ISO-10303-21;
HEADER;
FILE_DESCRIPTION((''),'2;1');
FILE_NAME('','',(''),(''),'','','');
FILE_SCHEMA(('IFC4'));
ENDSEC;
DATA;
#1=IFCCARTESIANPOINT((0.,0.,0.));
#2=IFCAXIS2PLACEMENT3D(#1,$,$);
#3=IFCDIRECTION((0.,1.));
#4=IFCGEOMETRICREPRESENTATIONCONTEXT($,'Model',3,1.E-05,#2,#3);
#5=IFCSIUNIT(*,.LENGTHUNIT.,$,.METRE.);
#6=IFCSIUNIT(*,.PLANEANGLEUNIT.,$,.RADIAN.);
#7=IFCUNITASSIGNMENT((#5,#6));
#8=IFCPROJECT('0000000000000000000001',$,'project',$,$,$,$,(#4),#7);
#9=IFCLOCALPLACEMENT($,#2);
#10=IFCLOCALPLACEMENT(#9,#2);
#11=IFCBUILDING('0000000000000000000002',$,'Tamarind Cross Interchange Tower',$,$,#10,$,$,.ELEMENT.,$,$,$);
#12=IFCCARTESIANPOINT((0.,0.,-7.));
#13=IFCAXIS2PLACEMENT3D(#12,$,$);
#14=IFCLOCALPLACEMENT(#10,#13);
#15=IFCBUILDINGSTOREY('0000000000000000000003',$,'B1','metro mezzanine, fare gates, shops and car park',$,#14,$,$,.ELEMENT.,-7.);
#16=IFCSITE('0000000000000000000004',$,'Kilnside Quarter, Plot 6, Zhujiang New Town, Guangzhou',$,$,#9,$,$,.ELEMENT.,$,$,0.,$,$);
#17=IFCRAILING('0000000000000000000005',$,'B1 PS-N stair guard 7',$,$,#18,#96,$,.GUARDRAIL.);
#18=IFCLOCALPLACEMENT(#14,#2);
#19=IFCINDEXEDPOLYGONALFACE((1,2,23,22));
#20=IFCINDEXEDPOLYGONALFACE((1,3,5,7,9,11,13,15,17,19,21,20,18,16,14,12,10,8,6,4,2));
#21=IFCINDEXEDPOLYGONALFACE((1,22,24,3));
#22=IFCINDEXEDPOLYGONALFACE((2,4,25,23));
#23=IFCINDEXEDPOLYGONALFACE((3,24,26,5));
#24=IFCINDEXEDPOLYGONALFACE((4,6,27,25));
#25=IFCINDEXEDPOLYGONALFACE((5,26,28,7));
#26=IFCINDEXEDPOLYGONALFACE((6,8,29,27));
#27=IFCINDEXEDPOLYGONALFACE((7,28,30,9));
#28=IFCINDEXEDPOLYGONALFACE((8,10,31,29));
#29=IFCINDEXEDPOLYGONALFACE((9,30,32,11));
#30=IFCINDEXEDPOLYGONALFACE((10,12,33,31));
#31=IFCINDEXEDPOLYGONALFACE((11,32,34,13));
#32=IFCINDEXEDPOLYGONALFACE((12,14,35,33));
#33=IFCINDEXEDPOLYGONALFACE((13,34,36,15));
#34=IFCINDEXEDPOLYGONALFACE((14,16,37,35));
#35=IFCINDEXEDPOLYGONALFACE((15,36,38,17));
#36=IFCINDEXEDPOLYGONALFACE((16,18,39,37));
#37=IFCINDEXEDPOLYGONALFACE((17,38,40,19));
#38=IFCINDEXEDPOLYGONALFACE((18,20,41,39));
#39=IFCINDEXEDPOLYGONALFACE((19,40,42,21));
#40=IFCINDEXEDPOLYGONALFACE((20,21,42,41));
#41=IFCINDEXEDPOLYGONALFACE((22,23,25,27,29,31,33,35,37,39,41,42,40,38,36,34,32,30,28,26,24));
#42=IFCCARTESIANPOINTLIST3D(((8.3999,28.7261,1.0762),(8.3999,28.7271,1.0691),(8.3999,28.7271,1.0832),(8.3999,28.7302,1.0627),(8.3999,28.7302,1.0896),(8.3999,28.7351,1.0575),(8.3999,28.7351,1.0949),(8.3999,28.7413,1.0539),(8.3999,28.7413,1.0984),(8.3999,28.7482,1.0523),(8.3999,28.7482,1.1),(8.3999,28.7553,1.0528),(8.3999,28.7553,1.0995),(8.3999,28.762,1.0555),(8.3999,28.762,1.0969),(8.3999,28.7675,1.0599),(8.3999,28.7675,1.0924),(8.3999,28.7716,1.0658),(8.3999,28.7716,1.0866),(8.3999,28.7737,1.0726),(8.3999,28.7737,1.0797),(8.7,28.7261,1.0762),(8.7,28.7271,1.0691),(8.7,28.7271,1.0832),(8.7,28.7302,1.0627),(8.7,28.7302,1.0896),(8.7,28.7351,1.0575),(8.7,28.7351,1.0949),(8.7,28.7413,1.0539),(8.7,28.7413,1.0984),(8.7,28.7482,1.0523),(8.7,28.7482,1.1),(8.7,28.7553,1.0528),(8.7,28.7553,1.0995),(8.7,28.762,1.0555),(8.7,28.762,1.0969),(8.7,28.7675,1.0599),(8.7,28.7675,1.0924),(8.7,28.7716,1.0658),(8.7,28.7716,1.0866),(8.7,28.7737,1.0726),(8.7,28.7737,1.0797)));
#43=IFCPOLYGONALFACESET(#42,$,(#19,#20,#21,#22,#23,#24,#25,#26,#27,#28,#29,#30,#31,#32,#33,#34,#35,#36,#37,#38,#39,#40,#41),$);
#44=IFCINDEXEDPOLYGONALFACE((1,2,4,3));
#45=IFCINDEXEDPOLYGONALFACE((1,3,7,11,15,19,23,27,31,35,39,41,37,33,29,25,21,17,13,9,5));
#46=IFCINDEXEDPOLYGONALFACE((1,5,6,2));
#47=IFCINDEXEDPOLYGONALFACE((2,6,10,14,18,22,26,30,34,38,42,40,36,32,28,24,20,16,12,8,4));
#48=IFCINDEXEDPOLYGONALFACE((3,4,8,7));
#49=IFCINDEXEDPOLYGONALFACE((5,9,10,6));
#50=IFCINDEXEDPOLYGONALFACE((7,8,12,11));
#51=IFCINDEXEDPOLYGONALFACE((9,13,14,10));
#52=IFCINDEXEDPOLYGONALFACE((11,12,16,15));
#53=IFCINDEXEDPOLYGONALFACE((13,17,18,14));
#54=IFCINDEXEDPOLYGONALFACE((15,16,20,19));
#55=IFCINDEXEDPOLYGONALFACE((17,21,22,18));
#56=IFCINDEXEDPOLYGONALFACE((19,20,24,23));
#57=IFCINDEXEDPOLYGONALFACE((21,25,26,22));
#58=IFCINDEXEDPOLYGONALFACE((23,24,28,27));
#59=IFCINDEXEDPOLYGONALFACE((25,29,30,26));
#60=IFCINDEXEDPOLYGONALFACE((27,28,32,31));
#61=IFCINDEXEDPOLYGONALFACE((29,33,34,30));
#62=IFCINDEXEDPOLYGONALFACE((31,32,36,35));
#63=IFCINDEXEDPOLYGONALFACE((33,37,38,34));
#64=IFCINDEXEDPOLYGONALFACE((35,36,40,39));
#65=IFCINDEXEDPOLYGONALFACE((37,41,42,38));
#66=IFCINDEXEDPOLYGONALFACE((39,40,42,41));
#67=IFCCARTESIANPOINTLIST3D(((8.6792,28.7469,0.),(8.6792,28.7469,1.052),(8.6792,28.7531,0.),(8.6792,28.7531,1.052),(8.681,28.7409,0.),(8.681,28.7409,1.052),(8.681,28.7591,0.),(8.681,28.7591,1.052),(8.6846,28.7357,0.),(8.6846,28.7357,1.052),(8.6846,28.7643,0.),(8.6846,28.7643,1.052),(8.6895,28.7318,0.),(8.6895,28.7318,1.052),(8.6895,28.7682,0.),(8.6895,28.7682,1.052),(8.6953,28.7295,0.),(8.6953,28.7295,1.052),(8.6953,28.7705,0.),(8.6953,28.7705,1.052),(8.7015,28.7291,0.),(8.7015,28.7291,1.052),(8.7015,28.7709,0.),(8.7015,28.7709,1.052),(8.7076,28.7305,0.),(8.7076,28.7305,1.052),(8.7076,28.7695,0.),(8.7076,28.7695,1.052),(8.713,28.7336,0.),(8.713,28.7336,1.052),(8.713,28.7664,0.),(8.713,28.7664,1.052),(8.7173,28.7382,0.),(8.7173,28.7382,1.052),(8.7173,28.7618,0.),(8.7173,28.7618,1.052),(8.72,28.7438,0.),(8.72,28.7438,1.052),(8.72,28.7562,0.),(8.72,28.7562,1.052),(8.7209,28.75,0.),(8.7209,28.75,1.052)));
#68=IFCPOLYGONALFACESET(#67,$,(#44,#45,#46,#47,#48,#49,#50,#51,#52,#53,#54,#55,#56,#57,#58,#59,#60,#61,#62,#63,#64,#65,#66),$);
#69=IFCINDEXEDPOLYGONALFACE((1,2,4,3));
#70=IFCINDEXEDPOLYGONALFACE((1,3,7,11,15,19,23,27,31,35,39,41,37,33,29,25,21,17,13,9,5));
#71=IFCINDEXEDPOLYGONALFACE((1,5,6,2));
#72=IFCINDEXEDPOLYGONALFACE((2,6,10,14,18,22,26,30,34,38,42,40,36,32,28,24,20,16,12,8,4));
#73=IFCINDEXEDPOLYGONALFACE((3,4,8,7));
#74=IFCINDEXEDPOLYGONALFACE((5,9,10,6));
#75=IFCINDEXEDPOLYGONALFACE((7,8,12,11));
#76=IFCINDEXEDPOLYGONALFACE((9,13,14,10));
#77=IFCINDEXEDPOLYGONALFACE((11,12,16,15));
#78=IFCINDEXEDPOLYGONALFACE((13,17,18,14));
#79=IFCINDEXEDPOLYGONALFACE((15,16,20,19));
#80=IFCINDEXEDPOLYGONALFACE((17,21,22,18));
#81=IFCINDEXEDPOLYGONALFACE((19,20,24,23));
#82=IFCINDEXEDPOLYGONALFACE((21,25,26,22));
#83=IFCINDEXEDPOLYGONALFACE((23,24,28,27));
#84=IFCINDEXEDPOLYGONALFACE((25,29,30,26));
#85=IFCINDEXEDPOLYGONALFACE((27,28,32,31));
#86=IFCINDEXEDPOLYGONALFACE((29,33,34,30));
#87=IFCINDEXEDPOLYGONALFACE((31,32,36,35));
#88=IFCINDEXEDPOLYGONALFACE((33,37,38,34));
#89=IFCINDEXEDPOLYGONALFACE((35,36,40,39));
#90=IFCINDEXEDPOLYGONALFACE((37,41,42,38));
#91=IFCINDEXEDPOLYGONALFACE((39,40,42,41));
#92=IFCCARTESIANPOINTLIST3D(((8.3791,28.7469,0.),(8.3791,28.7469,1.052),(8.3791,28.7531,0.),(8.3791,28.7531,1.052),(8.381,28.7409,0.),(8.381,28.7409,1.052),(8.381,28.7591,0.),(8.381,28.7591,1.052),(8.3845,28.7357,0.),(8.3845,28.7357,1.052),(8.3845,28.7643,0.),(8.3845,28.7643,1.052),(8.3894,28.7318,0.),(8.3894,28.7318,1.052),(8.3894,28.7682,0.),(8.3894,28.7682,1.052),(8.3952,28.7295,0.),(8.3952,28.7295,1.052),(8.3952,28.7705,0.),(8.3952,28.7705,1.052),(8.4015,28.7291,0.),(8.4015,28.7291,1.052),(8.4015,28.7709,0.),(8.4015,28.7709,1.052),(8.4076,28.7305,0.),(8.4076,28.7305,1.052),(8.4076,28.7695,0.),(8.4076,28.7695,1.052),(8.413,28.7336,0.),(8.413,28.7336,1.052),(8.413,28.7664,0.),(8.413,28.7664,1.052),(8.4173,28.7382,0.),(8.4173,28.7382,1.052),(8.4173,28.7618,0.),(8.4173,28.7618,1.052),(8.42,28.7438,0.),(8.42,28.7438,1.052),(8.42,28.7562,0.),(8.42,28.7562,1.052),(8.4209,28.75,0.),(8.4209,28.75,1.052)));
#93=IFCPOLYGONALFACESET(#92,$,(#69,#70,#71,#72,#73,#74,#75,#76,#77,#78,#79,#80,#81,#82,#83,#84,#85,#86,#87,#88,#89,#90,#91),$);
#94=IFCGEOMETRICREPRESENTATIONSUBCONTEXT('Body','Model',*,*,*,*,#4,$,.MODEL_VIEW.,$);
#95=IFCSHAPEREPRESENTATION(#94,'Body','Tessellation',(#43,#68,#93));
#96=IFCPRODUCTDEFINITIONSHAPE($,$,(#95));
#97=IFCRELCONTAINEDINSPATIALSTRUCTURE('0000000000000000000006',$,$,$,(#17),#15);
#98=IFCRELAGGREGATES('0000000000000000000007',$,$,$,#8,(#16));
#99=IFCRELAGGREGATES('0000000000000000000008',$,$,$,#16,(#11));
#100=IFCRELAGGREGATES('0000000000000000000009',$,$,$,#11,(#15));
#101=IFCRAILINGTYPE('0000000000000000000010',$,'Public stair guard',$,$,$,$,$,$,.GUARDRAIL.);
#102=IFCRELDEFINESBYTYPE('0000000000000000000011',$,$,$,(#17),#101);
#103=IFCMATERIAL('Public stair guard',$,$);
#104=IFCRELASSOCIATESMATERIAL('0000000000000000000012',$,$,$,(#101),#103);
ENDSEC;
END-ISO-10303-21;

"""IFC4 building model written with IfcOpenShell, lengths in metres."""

from ifc_helpers import new_model, si_unit, direction, frame, origin, origin_2d, place, context, subcontext, project, spatial, circle, extrude, material, type_object, element, save


model = new_model("IFC4")

# Units and contexts
model_context = context("Model", 3, precision=1e-05, world=origin(), true_north=direction((0.0, 1.0)))
body_context = subcontext(model_context, "Body", "Model", "MODEL_VIEW")
ifc_project = project(units=[si_unit("LENGTHUNIT", "METRE"), si_unit("PLANEANGLEUNIT", "RADIAN")], contexts=[model_context])

# Site, building, storey
site_placement = place(None, origin())
site = spatial("IfcSite", under=ifc_project, at=site_placement, Name="Kilnside Quarter, Plot 6, Zhujiang New Town, Guangzhou", CompositionType="ELEMENT", RefElevation=0.0)
building_placement = place(site_placement, origin())
building = spatial("IfcBuilding", under=site, at=building_placement, Name="Tamarind Cross Interchange Tower", CompositionType="ELEMENT")
storey_placement = place(building_placement, frame((0.0, 0.0, -7.0)))
storey = spatial("IfcBuildingStorey", under=building, at=storey_placement, Name="B1", Description="metro mezzanine, fare gates, shops and car park", CompositionType="ELEMENT", Elevation=-7.0)

# Railing
ifc_material_1 = material(Name="Public stair guard")
railing_type_1 = type_object("IfcRailingType", Name="Public stair guard", PredefinedType="GUARDRAIL", material=ifc_material_1)
railing_1_placement = place(storey_placement, frame((8.7, 28.75, 0.0)))
element("IfcRailing", 1, at=railing_1_placement, inside=storey, type_object=railing_type_1, Name="B1 PS-N stair guard 7", PredefinedType="GUARDRAIL", context=body_context, shape_type="SweptSolid", body=[
    extrude(circle(Radius=0.0239, at=origin_2d()), frame((0.0, 0.0, 1.0762), z_axis=(-1.0, 0.0, 0.0), x_axis=(0.0, -1.0, 0.0)), (0.0, 0.0, 1.0), 0.3),
    extrude(circle(Radius=0.021, at=origin_2d()), origin(), (0.0, 0.0, 1.0), 1.052),
    extrude(circle(Radius=0.021, at=origin_2d()), frame((-0.3, 0.0, 0.0)), (0.0, 0.0, 1.0), 1.052),
])

save(model, "model.ifc")
